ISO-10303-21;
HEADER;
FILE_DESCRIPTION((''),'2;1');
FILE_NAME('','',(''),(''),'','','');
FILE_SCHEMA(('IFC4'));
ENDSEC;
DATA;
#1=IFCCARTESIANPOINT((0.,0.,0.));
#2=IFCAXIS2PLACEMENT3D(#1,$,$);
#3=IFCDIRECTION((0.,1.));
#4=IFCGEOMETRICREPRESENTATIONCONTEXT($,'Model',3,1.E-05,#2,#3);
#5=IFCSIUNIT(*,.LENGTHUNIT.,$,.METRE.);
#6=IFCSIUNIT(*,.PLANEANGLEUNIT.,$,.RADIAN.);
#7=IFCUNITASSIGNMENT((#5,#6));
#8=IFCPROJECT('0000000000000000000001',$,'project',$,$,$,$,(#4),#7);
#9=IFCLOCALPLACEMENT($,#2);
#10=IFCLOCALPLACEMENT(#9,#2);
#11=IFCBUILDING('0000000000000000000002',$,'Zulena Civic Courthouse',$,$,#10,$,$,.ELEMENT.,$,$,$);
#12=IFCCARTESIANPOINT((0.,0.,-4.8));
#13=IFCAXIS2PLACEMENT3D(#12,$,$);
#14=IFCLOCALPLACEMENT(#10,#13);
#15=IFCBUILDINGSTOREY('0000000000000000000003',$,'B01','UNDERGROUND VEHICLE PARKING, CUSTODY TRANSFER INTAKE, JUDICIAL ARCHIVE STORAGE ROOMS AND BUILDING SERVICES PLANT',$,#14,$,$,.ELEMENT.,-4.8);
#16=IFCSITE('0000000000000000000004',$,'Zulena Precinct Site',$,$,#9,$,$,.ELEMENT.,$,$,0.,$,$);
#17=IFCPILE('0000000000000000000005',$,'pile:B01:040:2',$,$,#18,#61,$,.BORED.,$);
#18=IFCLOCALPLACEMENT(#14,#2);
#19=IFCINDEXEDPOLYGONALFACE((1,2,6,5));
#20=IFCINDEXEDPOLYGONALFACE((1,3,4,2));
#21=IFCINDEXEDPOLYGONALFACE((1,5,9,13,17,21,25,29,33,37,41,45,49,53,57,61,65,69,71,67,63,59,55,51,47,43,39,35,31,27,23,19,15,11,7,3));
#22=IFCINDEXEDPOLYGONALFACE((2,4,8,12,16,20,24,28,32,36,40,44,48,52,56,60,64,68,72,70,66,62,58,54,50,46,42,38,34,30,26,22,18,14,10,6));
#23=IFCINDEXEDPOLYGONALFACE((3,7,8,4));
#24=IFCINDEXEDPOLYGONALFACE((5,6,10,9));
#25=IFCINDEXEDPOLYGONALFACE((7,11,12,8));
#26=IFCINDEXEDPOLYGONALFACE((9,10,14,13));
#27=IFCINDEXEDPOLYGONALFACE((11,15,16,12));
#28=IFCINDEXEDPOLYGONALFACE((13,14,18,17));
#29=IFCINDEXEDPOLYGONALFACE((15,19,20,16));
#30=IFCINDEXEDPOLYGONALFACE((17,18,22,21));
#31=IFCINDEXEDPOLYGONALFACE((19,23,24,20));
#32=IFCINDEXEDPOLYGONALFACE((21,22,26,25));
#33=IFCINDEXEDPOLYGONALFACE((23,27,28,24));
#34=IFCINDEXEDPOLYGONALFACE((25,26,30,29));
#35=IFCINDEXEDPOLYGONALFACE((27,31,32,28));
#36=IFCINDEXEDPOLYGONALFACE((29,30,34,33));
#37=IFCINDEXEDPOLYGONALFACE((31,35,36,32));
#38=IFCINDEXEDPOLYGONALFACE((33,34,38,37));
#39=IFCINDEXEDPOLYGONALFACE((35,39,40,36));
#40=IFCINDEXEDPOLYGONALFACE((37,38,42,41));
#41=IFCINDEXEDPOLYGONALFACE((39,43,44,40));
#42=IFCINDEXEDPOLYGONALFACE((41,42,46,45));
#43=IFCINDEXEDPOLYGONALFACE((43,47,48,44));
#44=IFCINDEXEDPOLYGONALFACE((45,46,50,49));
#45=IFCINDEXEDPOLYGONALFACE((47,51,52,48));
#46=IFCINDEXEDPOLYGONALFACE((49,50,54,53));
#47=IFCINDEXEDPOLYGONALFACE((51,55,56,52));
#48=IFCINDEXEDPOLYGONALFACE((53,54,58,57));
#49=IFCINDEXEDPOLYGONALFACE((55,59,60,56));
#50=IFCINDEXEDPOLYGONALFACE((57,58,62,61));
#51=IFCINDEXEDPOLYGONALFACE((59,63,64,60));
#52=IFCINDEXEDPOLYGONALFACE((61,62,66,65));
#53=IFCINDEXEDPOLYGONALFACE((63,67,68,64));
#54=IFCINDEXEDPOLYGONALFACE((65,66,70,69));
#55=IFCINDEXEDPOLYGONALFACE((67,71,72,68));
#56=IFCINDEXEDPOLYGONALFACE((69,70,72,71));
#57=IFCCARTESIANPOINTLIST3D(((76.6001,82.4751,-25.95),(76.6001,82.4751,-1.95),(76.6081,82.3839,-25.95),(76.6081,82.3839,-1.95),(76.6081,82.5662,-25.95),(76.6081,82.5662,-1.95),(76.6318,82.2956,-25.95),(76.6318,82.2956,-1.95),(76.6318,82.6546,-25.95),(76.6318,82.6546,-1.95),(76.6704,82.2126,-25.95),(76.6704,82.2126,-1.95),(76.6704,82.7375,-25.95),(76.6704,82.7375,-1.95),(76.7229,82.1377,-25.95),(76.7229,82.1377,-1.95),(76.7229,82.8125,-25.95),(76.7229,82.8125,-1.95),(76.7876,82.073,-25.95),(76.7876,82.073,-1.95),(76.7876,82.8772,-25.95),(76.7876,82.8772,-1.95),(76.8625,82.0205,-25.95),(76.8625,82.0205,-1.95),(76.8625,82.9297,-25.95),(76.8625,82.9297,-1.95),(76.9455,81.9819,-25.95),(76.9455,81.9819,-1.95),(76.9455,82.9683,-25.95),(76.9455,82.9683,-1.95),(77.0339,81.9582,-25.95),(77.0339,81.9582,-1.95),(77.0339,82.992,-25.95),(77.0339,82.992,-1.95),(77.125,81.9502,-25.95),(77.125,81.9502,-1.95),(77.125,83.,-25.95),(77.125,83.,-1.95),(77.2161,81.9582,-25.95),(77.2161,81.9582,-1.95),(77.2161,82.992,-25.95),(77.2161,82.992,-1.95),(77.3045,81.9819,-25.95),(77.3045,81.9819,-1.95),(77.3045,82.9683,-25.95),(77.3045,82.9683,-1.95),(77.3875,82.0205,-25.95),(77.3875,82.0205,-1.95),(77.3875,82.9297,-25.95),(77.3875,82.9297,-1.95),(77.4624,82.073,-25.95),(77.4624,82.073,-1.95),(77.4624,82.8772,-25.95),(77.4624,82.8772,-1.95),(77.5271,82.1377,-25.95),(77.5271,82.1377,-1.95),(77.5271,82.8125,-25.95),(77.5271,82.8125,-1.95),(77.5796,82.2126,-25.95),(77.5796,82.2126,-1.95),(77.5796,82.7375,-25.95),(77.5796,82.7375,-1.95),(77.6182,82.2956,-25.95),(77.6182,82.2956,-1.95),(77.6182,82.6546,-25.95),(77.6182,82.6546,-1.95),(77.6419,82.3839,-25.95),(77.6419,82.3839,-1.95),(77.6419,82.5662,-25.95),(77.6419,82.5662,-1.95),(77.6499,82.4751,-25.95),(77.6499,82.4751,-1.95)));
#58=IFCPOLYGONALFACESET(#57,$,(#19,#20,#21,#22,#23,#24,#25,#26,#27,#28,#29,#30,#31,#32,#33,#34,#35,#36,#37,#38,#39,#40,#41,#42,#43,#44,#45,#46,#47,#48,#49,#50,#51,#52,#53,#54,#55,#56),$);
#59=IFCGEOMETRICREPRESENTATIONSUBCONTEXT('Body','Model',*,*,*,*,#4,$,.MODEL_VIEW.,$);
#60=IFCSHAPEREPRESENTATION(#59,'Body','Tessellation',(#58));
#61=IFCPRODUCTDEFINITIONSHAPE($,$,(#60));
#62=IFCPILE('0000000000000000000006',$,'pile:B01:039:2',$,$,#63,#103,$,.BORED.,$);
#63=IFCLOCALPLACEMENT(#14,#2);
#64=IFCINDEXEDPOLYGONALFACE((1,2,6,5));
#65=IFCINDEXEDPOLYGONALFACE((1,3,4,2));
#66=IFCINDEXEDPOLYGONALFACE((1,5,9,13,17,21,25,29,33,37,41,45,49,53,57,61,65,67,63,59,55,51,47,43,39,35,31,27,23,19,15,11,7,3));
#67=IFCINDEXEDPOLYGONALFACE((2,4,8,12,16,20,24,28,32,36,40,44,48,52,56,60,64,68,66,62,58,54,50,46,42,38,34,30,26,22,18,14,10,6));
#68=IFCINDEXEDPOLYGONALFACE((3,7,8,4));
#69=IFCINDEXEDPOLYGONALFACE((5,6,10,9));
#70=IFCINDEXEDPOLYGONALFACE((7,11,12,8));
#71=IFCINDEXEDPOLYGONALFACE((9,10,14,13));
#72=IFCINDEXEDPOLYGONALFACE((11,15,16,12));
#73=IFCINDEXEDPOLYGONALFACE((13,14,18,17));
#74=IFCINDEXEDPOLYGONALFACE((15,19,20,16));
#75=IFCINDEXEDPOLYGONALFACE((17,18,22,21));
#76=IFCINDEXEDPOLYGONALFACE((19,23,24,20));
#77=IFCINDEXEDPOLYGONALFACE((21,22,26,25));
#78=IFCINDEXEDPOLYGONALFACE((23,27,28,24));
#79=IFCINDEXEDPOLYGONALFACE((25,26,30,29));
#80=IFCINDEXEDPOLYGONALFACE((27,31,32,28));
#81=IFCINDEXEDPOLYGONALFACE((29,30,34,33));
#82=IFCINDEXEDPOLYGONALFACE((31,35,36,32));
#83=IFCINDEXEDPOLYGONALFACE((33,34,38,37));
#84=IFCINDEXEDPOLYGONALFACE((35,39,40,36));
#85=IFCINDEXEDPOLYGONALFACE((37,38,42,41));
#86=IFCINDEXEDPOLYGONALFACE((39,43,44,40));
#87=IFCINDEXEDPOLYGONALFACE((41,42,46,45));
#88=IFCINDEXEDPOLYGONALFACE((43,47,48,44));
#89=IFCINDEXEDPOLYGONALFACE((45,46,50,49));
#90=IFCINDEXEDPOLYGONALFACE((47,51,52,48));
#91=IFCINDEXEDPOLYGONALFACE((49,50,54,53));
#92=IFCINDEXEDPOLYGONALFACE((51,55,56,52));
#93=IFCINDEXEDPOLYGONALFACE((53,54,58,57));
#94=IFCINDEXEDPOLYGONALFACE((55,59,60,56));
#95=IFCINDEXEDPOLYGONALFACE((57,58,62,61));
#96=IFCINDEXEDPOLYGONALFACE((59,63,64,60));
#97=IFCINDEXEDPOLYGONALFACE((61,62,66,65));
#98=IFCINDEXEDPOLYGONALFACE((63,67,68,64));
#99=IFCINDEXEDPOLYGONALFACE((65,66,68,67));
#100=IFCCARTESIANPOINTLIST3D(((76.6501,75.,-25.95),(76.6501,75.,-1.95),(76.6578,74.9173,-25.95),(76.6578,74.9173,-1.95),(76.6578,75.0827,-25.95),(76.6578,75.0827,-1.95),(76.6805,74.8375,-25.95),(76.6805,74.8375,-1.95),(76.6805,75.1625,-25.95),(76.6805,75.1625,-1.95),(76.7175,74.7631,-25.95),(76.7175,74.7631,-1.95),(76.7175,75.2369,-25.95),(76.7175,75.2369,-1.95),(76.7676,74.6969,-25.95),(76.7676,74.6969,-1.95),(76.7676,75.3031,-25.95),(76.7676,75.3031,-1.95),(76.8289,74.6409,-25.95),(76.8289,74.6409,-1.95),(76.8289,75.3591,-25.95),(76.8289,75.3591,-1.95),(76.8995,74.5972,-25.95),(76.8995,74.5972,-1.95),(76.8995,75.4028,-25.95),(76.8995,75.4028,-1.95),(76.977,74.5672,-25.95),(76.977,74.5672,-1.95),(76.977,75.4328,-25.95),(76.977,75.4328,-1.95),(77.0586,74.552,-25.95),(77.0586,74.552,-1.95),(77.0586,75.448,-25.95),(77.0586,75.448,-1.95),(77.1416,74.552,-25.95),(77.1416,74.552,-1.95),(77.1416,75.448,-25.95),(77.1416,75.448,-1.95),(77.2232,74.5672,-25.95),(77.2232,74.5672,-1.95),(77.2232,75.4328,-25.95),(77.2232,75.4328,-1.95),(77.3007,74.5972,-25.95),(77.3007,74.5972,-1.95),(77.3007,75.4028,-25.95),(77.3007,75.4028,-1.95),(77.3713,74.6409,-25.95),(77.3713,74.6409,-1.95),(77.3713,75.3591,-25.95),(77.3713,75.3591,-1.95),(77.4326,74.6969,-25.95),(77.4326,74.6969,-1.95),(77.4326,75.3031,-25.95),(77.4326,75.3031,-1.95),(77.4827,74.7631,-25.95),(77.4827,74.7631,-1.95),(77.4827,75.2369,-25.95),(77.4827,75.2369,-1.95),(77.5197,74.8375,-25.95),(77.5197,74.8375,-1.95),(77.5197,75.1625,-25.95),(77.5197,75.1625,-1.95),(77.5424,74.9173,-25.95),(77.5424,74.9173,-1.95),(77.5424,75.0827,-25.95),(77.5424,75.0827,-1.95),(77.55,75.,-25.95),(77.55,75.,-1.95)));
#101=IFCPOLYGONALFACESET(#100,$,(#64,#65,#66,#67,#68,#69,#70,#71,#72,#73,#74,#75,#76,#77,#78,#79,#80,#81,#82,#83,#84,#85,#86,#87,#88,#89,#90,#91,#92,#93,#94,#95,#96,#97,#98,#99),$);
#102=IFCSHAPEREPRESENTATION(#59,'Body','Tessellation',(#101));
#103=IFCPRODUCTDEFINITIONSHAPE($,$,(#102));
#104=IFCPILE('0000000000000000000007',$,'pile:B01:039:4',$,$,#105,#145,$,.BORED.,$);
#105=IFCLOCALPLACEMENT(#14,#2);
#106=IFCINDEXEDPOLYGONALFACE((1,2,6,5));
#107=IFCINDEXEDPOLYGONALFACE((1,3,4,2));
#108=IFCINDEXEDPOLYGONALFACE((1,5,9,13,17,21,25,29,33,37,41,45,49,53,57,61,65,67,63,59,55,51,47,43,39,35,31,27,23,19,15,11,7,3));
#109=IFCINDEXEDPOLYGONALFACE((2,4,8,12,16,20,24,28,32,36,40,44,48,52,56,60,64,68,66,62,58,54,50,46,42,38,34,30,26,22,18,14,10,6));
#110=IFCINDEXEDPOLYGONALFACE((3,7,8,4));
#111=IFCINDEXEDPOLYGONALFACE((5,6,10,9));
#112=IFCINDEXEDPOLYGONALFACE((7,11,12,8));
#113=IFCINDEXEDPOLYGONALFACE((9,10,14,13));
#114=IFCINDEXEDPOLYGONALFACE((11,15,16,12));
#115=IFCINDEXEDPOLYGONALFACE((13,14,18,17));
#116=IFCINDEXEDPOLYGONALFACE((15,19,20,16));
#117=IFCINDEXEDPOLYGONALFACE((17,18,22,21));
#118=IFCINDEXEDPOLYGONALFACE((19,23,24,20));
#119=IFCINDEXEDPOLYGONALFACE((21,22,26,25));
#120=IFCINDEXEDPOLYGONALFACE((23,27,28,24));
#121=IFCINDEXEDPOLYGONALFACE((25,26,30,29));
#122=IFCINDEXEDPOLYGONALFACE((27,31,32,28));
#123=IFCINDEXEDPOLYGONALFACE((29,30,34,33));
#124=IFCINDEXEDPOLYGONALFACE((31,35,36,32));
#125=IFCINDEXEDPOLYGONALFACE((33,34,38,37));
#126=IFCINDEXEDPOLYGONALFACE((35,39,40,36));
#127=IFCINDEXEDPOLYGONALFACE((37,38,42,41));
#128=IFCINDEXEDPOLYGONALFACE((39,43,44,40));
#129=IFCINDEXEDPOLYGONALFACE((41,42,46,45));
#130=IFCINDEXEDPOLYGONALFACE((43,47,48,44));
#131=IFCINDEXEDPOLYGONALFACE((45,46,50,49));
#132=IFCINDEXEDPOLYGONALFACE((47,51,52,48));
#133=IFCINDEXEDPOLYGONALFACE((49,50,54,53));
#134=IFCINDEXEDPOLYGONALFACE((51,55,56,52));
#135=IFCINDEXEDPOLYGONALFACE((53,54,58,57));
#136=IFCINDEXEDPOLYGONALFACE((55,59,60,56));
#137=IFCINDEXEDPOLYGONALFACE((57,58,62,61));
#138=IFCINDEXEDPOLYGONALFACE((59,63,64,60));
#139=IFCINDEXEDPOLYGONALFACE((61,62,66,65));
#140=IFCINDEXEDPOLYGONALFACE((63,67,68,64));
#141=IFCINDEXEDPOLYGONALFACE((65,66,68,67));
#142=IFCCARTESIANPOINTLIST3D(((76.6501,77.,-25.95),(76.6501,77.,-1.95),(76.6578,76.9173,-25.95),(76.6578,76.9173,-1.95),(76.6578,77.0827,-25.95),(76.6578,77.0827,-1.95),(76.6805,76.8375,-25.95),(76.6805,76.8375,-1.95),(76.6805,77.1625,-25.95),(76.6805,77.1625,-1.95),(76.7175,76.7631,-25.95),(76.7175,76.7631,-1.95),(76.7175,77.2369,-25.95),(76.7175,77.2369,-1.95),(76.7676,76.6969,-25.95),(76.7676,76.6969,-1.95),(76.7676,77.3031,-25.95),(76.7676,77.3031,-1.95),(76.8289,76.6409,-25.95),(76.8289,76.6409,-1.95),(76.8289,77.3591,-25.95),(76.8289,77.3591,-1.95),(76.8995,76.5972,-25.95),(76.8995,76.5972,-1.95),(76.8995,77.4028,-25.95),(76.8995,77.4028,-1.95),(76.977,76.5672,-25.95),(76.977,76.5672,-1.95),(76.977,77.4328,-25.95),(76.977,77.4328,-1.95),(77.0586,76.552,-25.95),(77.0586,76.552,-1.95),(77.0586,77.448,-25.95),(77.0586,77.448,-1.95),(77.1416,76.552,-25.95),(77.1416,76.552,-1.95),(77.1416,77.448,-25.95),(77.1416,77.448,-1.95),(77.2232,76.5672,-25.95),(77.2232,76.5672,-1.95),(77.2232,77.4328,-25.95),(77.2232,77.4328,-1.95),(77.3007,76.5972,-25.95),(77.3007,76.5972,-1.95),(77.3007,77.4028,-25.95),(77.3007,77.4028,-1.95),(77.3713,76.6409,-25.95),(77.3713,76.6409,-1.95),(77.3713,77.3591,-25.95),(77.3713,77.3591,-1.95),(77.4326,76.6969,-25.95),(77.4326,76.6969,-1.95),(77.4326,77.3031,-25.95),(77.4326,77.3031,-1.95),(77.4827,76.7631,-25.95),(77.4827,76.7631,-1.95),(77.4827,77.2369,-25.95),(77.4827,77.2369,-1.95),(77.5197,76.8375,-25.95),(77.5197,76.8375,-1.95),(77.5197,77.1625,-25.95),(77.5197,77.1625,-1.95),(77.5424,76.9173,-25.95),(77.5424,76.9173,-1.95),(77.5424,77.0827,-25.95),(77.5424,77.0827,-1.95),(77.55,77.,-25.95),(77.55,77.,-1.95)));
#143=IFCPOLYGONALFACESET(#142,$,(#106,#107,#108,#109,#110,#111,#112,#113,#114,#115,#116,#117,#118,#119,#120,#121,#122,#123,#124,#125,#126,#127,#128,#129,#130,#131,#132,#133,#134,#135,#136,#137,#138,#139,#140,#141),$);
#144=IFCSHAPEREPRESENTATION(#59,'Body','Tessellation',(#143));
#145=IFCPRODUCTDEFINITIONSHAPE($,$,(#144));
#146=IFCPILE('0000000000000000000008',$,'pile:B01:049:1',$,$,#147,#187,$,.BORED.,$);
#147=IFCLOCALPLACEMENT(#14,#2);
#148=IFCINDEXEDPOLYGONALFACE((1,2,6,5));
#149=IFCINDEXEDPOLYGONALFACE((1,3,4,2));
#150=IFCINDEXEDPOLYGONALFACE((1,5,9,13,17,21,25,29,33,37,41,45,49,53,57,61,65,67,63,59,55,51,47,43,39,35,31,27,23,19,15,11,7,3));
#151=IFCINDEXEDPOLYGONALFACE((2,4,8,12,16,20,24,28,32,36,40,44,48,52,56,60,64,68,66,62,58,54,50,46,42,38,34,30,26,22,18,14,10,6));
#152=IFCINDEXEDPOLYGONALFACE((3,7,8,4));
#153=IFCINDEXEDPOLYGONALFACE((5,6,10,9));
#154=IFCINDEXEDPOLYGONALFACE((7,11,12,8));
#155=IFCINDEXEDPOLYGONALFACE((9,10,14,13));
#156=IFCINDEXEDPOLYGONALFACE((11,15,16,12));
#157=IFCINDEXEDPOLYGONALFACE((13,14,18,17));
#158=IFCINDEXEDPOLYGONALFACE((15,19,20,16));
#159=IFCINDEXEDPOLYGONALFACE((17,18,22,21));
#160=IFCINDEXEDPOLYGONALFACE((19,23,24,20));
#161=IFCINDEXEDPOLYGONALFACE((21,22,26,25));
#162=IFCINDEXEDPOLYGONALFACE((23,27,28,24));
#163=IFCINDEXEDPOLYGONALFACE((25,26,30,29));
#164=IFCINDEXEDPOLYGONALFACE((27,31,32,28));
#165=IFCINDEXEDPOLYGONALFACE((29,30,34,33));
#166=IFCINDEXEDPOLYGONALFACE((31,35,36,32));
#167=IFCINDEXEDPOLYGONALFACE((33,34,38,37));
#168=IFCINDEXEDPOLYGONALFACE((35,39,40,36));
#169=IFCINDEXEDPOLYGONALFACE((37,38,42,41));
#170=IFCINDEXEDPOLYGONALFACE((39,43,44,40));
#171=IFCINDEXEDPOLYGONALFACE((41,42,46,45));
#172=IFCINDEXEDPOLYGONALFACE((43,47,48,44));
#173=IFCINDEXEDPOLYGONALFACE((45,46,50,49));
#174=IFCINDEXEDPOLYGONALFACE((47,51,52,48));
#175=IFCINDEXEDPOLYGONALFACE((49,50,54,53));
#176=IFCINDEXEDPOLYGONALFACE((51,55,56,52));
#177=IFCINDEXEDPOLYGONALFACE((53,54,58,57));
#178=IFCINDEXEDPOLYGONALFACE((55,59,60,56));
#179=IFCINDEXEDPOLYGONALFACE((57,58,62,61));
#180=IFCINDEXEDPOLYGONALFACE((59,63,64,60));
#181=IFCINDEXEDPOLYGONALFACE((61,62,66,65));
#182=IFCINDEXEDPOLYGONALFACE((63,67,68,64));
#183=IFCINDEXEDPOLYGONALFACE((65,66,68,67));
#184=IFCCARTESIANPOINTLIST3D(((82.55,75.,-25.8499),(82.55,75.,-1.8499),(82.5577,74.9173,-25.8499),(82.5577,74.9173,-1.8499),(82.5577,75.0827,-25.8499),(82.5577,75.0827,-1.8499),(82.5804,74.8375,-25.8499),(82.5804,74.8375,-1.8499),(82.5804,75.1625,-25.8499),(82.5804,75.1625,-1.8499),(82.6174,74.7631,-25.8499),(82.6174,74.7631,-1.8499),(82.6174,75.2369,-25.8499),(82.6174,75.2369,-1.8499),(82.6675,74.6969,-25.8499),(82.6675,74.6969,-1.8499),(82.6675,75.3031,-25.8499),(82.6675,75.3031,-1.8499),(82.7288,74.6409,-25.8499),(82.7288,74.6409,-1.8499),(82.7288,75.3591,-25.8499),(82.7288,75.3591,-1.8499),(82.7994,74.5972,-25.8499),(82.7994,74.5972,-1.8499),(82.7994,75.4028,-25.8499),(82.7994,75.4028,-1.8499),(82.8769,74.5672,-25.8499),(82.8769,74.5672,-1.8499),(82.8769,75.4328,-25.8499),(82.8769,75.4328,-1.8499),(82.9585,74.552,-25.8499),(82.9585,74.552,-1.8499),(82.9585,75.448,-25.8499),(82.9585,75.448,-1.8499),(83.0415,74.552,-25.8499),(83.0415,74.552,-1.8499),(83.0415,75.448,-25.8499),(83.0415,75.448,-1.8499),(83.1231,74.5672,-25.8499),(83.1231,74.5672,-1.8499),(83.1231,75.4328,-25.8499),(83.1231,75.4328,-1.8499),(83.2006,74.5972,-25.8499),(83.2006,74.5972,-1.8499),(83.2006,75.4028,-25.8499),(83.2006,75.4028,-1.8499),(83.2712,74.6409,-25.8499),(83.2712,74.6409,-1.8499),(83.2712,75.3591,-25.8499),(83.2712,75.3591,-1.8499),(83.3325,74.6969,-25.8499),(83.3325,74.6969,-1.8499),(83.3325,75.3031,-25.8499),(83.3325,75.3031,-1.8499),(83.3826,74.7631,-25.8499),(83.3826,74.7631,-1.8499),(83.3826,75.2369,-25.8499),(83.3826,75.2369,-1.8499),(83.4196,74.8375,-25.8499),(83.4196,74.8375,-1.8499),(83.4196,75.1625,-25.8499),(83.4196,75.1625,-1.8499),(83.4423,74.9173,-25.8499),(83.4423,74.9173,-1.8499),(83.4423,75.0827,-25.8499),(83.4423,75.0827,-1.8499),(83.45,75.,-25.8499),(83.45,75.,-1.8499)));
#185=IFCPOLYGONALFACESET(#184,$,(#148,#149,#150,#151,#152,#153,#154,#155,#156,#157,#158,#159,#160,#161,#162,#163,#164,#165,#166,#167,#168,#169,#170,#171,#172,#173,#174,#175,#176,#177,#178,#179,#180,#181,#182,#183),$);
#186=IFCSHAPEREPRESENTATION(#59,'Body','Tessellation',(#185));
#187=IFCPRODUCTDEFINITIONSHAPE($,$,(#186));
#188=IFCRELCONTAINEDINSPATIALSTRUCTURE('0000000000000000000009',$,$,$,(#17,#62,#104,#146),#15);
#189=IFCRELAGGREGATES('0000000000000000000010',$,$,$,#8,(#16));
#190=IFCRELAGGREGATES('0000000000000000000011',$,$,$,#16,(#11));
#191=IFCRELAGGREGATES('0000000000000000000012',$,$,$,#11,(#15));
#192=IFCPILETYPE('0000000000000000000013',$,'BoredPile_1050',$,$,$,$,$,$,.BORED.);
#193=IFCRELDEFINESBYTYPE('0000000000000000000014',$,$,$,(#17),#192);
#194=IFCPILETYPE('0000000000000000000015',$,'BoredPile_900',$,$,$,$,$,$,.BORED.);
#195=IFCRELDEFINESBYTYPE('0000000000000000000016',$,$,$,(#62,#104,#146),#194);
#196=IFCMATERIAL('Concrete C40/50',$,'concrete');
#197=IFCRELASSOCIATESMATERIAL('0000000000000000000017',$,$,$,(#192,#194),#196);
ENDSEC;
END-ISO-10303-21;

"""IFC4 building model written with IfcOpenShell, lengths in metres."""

from ifc_helpers import new_model, si_unit, direction, frame, origin, origin_2d, place, context, subcontext, project, spatial, circle, extrude, material, material_profile, profile_set, type_object, element, save


model = new_model("IFC4")

# Units and contexts
model_context = context("Model", 3, precision=1e-05, world=origin(), true_north=direction((0.0, 1.0)))
body_context = subcontext(model_context, "Body", "Model", "MODEL_VIEW")
ifc_project = project(units=[si_unit("LENGTHUNIT", "METRE"), si_unit("PLANEANGLEUNIT", "RADIAN")], contexts=[model_context])

# Site, building, storey
site_placement = place(None, origin())
site = spatial("IfcSite", under=ifc_project, at=site_placement, Name="Zulena Precinct Site", CompositionType="ELEMENT", RefElevation=0.0)
building_placement = place(site_placement, origin())
building = spatial("IfcBuilding", under=site, at=building_placement, Name="Zulena Civic Courthouse", CompositionType="ELEMENT")
storey_placement = place(building_placement, frame((0.0, 0.0, -4.8)))
storey = spatial("IfcBuildingStorey", under=building, at=storey_placement, Name="B01", Description="UNDERGROUND VEHICLE PARKING, CUSTODY TRANSFER INTAKE, JUDICIAL ARCHIVE STORAGE ROOMS AND BUILDING SERVICES PLANT", CompositionType="ELEMENT", Elevation=-4.8)

# Piles
ifc_material_1 = material(Name="Concrete C40/50", Category="concrete")
ifc_material_profile_1 = material_profile(ifc_material_1, circle(Radius=0.5249, at=origin_2d()), Name="PILE1050")
ifc_profile_set_1 = profile_set([ifc_material_profile_1], Name="Concrete C40/50")
pile_type_1 = type_object("IfcPileType", Name="BoredPile_1050", PredefinedType="BORED", material=ifc_profile_set_1)
pile_placement = place(storey_placement, frame((77.125, 82.4751, -1.95), z_axis=(0.0, 0.0, -1.0), x_axis=(1.0, 0.0, 0.0)))
element("IfcPile", 1, at=pile_placement, inside=storey, type_object=pile_type_1, Name="pile:B01:040:2", PredefinedType="BORED", context=body_context, shape_type="SweptSolid", body=[
    extrude(circle(Radius=0.5249, at=origin_2d()), origin(), (0.0, 0.0, 1.0), 24.0),
])
ifc_material_profile_2 = material_profile(ifc_material_1, circle(Radius=0.45, at=origin_2d()), Name="PILE900")
ifc_profile_set_2 = profile_set([ifc_material_profile_2], Name="Concrete C40/50")
pile_type_2 = type_object("IfcPileType", Name="BoredPile_900", PredefinedType="BORED", material=ifc_profile_set_2)
for number, where, z_axis, x_axis, name in (
    (2, (77.1001, 75.0, -1.95), (0.0, 0.0, -1.0), (1.0, 0.0, 0.0), "pile:B01:039:2"),
    (3, (77.1001, 77.0, -1.95), (0.0, 0.0, -1.0), (1.0, 0.0, 0.0), "pile:B01:039:4"),
    (4, (83.0, 75.0, -1.8499), (0.0, 0.0, -1.0), (1.0, 0.0, 0.0), "pile:B01:049:1"),
):
    element("IfcPile", number, at=place(storey_placement, frame(where, z_axis=z_axis, x_axis=x_axis)), inside=storey, type_object=pile_type_2, Name=name, PredefinedType="BORED", context=body_context, shape_type="SweptSolid", body=[
        extrude(circle(Radius=0.45, at=origin_2d()), origin(), (0.0, 0.0, 1.0), 24.0),
    ])

save(model, "model.ifc")
